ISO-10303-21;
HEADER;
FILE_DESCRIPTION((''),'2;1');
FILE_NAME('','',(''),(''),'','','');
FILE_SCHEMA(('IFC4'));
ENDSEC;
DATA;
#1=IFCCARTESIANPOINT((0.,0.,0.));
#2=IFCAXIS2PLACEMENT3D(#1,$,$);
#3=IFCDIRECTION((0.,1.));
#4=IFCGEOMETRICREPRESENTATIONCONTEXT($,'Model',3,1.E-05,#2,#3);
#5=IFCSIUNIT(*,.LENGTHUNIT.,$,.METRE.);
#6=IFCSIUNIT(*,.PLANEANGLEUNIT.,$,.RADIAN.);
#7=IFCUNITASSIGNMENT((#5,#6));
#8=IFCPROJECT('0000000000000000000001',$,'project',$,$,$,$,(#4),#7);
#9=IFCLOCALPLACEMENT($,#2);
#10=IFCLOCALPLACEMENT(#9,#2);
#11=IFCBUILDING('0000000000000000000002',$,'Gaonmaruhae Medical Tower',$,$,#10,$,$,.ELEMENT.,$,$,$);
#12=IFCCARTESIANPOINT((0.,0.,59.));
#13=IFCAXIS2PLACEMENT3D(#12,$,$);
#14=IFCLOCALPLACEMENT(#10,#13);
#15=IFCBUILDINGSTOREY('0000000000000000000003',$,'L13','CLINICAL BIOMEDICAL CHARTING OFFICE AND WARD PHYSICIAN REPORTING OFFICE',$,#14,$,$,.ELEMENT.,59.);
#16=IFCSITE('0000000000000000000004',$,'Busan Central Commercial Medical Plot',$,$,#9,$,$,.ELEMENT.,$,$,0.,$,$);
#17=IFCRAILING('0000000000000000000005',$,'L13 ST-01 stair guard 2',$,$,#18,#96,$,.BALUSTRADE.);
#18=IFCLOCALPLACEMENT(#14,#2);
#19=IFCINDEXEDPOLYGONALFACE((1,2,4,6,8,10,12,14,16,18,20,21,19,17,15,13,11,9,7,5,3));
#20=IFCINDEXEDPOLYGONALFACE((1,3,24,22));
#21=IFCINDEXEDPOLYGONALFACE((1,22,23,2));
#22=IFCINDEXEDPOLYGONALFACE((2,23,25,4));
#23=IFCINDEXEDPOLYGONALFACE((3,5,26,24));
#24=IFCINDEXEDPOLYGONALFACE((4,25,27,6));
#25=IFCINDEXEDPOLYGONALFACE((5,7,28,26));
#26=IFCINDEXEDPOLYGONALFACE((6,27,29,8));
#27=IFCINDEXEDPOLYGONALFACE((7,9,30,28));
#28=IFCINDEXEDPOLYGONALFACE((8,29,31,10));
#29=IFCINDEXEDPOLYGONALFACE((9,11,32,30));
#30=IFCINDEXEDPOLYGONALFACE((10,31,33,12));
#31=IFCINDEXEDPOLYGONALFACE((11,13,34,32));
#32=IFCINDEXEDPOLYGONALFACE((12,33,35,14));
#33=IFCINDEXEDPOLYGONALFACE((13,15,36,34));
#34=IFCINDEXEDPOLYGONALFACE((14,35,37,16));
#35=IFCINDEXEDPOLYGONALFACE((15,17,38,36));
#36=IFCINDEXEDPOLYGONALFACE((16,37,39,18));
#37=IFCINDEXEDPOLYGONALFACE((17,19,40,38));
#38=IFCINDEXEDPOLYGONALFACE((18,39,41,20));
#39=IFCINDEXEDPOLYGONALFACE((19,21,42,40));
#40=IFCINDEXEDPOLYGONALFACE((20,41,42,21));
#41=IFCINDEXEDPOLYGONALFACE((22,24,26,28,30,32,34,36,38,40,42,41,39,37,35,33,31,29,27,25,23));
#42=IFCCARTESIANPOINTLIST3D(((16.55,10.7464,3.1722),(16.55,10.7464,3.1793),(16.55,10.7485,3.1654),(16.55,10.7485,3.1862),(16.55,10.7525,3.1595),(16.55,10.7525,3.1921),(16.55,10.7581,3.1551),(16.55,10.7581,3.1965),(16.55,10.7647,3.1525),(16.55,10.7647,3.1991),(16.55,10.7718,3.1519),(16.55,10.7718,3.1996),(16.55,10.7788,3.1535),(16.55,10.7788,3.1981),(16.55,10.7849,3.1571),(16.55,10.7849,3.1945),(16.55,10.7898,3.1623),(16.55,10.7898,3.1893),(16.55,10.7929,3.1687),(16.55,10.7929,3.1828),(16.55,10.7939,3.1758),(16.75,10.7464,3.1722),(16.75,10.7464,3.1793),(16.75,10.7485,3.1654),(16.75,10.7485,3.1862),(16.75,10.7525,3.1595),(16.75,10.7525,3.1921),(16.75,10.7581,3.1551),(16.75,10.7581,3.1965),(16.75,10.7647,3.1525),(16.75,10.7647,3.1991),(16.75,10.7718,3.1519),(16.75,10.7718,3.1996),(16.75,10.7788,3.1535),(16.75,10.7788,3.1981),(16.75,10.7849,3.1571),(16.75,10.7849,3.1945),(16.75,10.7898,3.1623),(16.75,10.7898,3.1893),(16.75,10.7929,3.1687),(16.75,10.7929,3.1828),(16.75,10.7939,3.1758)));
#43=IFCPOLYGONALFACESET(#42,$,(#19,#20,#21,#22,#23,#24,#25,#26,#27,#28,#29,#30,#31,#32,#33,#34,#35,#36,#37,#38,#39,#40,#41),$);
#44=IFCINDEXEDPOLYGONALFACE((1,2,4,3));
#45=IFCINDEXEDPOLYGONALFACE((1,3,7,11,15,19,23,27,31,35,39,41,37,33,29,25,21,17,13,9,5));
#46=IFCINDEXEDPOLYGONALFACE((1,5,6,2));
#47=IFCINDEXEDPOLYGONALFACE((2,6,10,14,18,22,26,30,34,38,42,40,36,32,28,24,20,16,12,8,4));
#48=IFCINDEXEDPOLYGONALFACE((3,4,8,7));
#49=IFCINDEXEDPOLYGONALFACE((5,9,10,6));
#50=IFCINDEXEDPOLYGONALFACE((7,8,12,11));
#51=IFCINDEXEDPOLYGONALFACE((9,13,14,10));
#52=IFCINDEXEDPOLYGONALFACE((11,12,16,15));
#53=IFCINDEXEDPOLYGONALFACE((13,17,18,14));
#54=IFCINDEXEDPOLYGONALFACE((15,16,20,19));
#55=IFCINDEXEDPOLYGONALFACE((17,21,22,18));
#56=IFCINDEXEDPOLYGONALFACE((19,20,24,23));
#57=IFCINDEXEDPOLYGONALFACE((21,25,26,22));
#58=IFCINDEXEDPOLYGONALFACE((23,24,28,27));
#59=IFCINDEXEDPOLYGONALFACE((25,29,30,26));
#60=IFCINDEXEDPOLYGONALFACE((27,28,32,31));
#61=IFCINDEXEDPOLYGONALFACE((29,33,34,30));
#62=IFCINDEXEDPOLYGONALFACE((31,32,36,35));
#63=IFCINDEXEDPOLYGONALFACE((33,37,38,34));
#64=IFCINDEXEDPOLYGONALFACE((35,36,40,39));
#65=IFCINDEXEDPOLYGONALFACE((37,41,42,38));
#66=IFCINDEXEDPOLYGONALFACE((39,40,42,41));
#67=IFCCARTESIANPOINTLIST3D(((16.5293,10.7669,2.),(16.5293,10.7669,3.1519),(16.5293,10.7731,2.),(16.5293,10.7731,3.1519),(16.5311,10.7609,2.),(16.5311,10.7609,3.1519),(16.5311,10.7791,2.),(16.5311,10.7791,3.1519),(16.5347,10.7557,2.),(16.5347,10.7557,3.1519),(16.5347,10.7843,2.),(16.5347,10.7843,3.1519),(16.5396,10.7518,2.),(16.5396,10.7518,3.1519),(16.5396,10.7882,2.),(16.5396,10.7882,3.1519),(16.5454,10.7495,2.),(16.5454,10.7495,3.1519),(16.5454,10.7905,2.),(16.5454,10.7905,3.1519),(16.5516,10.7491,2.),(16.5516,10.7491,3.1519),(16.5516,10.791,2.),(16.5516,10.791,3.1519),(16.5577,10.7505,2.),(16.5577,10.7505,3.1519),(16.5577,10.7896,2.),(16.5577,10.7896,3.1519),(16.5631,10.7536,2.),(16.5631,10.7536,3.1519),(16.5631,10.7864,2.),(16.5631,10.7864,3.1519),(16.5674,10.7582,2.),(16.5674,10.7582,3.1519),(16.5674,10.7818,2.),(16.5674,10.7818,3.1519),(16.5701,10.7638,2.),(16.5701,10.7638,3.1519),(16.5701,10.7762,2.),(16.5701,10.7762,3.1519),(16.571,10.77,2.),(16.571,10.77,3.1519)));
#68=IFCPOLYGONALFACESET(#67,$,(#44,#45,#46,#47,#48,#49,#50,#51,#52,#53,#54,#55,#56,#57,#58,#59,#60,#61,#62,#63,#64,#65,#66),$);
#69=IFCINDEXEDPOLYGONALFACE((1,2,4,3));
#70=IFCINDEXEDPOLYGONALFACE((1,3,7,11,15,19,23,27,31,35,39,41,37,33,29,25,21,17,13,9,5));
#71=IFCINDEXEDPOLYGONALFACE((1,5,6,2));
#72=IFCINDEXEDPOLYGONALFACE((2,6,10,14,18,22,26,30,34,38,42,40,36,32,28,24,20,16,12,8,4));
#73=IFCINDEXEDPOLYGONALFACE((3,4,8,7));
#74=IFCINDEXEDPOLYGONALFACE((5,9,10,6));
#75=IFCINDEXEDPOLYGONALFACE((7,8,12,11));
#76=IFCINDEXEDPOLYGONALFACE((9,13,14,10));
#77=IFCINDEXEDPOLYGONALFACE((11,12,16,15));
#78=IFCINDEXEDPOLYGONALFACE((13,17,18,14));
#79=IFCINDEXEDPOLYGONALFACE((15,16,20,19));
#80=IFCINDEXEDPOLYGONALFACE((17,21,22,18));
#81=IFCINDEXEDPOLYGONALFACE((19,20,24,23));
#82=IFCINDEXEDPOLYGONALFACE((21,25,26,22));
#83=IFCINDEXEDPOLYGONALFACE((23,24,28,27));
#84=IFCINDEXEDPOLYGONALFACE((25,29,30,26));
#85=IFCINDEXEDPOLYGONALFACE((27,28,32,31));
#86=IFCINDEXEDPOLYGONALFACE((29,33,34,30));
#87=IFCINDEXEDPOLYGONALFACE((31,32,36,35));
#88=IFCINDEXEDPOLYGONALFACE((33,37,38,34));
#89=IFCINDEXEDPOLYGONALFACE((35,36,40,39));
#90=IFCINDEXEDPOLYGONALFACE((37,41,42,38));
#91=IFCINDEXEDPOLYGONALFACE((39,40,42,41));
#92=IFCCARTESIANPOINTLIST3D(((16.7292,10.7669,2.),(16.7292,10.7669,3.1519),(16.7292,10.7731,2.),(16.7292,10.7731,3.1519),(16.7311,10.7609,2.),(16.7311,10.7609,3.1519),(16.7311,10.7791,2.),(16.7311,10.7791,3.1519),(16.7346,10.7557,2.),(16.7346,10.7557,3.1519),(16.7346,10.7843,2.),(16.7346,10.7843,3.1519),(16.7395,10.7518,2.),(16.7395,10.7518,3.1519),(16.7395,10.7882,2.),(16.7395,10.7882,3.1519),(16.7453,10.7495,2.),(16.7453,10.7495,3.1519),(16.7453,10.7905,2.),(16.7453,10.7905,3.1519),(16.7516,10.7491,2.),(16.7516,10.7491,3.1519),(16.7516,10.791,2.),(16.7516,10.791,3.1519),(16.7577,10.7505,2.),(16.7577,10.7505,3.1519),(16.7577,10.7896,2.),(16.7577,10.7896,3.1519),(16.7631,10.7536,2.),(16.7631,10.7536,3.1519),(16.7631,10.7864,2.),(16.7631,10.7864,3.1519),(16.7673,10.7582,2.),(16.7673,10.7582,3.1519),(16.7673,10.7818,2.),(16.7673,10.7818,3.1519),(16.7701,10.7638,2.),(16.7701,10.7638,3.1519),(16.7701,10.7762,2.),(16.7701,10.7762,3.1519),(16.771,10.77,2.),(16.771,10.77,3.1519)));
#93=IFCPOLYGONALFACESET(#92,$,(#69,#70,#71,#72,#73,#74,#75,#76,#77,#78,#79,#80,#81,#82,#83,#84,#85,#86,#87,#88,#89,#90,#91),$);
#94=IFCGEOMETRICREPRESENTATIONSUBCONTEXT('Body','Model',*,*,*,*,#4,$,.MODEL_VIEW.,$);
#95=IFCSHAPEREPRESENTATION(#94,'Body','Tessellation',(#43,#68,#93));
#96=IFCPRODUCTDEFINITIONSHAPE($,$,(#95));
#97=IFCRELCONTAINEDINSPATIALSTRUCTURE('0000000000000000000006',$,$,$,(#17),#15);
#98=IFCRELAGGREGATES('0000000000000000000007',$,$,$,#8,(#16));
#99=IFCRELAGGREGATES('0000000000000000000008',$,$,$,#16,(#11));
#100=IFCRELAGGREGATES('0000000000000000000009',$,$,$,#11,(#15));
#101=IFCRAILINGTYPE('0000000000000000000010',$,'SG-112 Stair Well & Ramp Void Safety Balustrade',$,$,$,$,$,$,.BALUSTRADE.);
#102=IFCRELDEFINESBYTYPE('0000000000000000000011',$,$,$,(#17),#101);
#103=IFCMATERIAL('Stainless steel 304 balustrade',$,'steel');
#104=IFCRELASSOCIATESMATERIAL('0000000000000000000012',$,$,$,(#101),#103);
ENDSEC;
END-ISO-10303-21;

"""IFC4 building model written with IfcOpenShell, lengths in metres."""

from ifc_helpers import new_model, si_unit, direction, frame, origin, origin_2d, place, context, subcontext, project, spatial, circle, extrude, material, type_object, element, save


model = new_model("IFC4")

# Units and contexts
model_context = context("Model", 3, precision=1e-05, world=origin(), true_north=direction((0.0, 1.0)))
body_context = subcontext(model_context, "Body", "Model", "MODEL_VIEW")
ifc_project = project(units=[si_unit("LENGTHUNIT", "METRE"), si_unit("PLANEANGLEUNIT", "RADIAN")], contexts=[model_context])

# Site, building, storey
site_placement = place(None, origin())
site = spatial("IfcSite", under=ifc_project, at=site_placement, Name="Busan Central Commercial Medical Plot", CompositionType="ELEMENT", RefElevation=0.0)
building_placement = place(site_placement, origin())
building = spatial("IfcBuilding", under=site, at=building_placement, Name="Gaonmaruhae Medical Tower", CompositionType="ELEMENT")
storey_placement = place(building_placement, frame((0.0, 0.0, 59.0)))
storey = spatial("IfcBuildingStorey", under=building, at=storey_placement, Name="L13", Description="CLINICAL BIOMEDICAL CHARTING OFFICE AND WARD PHYSICIAN REPORTING OFFICE", CompositionType="ELEMENT", Elevation=59.0)

# Railing
ifc_material_1 = material(Name="Stainless steel 304 balustrade", Category="steel")
railing_type_1 = type_object("IfcRailingType", Name="SG-112 Stair Well & Ramp Void Safety Balustrade", PredefinedType="BALUSTRADE", material=ifc_material_1)
railing_1_placement = place(storey_placement, frame((16.55, 10.77, 2.0)))
element("IfcRailing", 1, at=railing_1_placement, inside=storey, type_object=railing_type_1, Name="L13 ST-01 stair guard 2", PredefinedType="BALUSTRADE", context=body_context, shape_type="SweptSolid", body=[
    extrude(circle(Radius=0.0239, at=origin_2d()), frame((0.0, 0.0, 1.1758), z_axis=(1.0, 0.0, 0.0), x_axis=(0.0, 1.0, 0.0)), (0.0, 0.0, 1.0), 0.2),
    extrude(circle(Radius=0.021, at=origin_2d()), origin(), (0.0, 0.0, 1.0), 1.1519),
    extrude(circle(Radius=0.021, at=origin_2d()), frame((0.2, 0.0, 0.0)), (0.0, 0.0, 1.0), 1.1519),
])

save(model, "model.ifc")
